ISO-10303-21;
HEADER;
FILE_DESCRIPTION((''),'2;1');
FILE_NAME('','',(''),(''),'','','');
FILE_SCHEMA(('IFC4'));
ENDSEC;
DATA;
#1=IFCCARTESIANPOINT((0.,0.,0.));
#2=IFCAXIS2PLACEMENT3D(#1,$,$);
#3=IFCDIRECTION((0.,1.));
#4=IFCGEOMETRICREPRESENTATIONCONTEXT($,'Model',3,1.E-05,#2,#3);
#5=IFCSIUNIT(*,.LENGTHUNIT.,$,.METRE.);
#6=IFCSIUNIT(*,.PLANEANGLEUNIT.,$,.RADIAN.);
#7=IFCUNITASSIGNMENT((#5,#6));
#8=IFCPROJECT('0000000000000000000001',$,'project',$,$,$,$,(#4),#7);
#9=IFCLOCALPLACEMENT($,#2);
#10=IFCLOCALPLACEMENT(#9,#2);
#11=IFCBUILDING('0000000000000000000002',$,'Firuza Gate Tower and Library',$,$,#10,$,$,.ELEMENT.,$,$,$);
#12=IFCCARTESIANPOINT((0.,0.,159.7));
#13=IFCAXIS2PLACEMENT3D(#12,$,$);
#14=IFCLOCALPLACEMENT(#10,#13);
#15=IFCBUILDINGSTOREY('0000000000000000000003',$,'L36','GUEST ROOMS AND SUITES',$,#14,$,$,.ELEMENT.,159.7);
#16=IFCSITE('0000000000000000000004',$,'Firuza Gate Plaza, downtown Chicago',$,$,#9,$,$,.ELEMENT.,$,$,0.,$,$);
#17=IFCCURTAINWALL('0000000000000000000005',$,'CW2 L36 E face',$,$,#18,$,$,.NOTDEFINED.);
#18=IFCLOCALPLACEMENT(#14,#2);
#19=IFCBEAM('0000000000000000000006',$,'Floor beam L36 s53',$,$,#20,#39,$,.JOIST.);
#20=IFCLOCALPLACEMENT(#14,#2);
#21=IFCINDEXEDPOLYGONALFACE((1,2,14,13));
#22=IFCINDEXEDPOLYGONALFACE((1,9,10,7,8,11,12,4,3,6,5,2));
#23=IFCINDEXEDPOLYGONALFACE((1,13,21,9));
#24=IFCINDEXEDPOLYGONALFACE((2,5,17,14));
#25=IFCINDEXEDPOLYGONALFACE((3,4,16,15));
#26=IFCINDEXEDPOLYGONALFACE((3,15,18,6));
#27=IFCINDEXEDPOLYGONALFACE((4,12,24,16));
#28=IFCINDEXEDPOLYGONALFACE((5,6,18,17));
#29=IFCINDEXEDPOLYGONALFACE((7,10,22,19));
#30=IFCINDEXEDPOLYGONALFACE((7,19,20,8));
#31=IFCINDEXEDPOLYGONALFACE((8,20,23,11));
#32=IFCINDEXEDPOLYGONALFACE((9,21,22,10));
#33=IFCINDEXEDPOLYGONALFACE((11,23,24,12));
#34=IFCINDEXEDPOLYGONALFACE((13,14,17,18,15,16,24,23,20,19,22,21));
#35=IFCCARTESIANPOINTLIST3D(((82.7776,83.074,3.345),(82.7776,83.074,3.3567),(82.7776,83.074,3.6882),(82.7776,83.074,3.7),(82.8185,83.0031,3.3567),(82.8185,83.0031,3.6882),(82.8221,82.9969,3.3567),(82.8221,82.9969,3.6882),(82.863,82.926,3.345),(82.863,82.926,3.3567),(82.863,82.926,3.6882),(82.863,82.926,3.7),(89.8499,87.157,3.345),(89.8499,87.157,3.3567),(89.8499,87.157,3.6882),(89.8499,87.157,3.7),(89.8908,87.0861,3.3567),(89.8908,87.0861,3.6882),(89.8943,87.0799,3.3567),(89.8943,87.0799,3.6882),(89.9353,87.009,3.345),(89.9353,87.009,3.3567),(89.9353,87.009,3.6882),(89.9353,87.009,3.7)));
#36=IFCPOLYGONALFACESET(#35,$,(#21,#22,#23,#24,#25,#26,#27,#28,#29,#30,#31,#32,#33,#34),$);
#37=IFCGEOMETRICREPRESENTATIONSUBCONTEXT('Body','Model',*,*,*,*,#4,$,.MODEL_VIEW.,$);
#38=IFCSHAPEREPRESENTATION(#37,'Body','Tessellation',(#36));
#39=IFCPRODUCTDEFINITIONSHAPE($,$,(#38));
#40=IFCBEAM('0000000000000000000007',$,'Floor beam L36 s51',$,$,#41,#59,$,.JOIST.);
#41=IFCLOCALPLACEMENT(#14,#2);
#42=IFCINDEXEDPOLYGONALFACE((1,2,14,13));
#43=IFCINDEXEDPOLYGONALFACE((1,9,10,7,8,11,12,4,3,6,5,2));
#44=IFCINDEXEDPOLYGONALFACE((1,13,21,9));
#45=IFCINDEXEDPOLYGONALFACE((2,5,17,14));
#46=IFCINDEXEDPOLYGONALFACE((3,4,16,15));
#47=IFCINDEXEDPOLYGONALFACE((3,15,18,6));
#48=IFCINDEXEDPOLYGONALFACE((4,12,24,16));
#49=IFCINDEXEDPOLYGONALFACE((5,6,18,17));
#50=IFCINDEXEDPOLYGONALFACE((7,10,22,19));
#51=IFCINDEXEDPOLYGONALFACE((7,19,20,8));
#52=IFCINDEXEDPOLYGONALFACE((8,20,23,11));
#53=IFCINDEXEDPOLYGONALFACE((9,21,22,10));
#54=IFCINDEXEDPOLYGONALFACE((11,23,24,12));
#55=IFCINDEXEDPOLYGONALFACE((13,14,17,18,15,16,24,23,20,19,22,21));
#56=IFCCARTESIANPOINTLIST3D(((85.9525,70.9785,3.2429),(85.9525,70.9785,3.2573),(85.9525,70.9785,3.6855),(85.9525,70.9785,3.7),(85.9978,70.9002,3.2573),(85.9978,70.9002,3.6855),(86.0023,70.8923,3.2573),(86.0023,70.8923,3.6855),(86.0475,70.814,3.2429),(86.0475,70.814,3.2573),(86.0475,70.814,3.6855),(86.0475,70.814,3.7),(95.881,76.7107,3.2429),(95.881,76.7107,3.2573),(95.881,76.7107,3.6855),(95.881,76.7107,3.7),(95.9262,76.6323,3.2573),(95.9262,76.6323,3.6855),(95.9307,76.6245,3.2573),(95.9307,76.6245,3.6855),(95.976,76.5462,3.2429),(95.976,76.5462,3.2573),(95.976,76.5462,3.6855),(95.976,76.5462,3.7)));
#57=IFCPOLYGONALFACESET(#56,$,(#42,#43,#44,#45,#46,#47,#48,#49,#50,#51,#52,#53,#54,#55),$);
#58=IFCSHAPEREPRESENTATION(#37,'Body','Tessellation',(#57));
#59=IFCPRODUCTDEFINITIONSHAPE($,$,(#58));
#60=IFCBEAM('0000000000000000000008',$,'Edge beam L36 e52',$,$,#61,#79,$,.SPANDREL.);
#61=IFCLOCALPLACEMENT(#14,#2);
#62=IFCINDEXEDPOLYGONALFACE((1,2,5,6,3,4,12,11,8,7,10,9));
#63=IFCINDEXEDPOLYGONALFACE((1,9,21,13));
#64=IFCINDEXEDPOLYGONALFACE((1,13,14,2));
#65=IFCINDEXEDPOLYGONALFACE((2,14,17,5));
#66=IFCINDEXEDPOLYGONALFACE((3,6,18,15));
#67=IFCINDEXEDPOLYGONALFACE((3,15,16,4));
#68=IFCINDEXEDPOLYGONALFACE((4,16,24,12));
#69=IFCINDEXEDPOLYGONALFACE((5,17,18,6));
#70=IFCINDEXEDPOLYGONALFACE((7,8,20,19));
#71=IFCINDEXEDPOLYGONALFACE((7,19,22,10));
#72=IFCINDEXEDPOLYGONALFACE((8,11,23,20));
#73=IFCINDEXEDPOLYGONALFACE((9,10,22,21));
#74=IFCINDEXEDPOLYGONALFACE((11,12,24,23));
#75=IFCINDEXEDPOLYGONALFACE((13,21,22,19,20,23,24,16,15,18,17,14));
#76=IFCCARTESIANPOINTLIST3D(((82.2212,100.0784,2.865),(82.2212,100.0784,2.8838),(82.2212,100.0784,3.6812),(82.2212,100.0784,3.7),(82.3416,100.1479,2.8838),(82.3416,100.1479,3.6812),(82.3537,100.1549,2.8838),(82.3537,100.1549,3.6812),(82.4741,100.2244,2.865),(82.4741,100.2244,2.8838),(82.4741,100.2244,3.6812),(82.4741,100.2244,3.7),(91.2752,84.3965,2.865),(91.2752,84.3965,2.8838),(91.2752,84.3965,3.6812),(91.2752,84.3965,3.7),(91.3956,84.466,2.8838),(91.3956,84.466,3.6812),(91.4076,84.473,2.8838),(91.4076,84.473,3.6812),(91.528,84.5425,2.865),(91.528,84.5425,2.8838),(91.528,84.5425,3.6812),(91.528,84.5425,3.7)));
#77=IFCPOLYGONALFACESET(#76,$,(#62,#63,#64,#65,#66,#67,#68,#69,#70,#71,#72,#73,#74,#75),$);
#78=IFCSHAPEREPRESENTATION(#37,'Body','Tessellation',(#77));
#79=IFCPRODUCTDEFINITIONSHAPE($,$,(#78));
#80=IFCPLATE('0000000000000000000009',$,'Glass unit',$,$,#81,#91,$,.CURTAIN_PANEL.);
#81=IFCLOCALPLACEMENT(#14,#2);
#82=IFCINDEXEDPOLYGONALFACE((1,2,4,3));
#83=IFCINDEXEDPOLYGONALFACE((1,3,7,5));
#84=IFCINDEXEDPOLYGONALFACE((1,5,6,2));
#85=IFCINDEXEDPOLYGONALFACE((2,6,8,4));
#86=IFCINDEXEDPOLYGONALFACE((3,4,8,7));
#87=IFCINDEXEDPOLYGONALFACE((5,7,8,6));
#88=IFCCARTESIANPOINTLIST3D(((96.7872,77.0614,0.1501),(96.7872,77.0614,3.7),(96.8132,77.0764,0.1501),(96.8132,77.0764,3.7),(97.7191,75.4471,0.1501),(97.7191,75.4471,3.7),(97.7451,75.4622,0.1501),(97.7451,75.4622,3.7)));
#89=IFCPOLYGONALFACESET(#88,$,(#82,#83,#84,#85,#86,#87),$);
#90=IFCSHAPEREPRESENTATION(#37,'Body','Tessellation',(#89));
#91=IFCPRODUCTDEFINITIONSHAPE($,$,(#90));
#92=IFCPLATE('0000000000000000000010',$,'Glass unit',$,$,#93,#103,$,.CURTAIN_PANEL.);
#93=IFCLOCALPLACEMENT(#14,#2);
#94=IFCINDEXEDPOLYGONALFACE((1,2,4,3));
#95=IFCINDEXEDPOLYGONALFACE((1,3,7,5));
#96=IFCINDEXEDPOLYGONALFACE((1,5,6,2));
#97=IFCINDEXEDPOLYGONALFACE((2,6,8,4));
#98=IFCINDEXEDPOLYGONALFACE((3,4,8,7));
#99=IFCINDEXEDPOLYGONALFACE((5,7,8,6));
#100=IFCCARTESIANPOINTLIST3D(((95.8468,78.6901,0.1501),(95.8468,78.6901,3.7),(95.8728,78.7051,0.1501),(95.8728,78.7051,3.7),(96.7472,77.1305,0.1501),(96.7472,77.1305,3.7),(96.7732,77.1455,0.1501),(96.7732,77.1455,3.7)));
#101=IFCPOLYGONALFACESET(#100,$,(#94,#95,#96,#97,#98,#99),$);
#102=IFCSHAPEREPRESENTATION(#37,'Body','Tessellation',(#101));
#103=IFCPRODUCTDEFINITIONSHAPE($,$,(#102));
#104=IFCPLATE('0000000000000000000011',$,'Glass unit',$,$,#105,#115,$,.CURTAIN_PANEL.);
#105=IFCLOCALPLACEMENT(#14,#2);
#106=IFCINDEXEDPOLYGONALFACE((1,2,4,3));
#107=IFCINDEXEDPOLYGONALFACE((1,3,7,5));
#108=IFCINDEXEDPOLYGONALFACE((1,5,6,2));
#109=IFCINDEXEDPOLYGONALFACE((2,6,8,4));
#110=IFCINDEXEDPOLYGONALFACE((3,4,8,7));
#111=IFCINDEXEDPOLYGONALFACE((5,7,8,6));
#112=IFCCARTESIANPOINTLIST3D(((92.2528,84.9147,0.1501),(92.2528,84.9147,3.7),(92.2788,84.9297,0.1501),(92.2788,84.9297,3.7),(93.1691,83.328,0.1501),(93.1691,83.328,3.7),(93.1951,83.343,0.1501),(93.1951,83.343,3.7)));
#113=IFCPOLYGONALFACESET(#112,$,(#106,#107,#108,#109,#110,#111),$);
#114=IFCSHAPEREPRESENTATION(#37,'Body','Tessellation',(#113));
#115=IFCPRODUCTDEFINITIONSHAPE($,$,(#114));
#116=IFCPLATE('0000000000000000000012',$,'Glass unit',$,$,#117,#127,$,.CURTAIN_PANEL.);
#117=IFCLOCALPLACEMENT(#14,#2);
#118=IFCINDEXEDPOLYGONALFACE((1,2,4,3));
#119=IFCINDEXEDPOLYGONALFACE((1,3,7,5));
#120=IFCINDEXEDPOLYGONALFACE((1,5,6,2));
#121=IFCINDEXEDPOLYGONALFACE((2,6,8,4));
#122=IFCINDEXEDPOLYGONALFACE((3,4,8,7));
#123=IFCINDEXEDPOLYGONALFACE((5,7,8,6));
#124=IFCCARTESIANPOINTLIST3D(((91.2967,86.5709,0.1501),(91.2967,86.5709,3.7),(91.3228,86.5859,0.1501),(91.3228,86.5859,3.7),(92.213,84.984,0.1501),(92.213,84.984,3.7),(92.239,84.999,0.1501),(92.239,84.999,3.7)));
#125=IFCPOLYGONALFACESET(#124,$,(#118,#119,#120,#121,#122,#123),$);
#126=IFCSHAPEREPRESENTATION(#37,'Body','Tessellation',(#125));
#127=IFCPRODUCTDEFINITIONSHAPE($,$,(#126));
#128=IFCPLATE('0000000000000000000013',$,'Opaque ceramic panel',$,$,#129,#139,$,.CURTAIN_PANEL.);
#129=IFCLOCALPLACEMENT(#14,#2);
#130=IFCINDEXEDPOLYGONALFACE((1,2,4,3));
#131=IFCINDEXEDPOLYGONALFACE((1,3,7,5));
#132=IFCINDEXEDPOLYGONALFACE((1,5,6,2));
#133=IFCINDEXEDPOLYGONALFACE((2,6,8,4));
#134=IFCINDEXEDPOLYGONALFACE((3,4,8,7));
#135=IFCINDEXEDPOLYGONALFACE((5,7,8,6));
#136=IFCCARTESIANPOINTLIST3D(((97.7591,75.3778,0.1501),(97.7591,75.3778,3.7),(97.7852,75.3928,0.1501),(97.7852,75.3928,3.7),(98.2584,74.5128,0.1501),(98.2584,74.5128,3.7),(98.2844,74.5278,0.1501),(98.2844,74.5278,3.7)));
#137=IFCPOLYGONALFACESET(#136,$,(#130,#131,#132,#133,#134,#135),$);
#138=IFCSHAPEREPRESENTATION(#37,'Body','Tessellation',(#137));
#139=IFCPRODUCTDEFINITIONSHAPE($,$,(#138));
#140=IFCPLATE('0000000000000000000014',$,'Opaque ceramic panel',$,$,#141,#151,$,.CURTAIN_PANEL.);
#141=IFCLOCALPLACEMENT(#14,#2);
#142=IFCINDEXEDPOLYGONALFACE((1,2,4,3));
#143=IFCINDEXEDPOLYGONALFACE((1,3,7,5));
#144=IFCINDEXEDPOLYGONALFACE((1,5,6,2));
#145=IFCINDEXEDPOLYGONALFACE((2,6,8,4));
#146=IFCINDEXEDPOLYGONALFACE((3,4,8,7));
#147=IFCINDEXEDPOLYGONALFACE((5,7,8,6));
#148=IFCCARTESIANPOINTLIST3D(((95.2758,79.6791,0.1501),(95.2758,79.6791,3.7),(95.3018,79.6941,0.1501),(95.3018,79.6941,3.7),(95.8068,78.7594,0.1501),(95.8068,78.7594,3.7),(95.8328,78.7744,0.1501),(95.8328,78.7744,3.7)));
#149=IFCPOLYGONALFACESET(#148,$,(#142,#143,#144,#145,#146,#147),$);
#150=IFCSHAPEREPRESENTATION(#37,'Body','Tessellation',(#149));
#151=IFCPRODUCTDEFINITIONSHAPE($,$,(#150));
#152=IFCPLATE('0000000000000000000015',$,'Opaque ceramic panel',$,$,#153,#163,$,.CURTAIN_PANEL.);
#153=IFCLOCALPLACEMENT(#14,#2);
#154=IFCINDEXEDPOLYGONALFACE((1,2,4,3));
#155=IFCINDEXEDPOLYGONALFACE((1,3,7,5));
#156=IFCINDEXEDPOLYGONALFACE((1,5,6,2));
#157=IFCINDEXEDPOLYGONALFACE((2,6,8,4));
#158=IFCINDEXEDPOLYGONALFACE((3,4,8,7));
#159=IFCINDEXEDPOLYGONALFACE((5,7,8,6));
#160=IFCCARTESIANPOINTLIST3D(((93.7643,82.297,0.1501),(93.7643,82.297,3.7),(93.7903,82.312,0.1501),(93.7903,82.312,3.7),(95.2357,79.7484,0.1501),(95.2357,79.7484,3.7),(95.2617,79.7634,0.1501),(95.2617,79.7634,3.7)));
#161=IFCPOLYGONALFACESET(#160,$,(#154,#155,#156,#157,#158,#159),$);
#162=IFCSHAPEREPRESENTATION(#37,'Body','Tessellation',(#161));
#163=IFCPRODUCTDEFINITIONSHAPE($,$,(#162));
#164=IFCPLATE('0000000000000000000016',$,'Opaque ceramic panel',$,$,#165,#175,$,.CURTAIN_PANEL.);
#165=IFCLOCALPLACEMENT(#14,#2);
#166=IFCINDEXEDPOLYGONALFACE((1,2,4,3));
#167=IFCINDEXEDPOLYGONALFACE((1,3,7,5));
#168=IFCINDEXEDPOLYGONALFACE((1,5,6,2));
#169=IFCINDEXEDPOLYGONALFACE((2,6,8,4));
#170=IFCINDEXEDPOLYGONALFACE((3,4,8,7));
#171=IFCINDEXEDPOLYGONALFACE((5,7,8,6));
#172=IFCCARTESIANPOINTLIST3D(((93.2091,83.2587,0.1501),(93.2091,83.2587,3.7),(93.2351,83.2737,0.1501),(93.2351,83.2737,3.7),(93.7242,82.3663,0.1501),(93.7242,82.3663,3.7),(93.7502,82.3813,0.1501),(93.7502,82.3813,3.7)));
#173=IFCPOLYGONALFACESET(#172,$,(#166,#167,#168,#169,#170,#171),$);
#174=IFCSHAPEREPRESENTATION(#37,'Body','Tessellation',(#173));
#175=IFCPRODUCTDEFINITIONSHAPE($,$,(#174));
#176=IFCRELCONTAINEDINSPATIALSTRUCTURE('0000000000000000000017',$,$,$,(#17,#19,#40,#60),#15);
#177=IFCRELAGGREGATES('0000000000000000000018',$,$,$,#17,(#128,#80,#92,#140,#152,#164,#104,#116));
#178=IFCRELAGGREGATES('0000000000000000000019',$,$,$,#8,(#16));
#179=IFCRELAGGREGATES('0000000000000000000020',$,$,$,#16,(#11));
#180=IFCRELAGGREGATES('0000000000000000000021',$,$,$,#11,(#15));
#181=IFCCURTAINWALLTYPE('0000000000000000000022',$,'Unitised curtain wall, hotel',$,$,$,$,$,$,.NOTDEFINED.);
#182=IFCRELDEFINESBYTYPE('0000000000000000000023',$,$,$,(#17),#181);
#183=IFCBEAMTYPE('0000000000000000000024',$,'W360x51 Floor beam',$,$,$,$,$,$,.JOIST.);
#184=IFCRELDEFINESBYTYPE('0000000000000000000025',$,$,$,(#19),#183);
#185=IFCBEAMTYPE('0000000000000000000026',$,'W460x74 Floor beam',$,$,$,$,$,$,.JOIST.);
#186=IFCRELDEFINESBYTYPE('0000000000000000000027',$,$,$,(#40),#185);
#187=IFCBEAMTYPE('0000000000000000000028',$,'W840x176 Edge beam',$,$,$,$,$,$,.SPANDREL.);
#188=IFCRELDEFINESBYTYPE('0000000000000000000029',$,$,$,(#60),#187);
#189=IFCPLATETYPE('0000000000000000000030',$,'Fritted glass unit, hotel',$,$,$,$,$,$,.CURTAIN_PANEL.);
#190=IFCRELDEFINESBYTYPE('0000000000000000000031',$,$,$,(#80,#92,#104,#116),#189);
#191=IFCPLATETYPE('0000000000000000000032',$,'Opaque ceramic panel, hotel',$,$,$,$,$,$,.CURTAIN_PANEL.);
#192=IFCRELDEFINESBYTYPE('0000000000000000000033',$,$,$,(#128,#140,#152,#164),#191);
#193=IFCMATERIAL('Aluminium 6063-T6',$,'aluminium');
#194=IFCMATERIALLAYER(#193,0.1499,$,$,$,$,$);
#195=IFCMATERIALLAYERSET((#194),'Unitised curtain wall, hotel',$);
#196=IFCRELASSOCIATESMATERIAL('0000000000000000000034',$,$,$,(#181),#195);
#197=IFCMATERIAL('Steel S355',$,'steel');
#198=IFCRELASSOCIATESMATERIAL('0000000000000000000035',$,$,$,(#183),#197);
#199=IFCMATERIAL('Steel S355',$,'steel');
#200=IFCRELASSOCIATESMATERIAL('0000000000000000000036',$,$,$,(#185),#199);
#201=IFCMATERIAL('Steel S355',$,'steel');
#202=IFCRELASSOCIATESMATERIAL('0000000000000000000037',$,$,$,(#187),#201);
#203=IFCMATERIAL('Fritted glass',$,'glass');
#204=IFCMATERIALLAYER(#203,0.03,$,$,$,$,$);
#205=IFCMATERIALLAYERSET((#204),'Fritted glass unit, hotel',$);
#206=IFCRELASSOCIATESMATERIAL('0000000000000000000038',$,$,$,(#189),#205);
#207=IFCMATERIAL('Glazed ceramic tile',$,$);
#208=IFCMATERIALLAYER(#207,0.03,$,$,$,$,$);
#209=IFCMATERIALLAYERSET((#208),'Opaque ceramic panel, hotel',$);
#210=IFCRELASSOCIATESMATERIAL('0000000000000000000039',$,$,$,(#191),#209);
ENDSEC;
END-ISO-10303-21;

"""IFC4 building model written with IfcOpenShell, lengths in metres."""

from ifc_helpers import new_model, si_unit, direction, frame, origin, origin_2d, place, context, subcontext, project, spatial, polyline, i_section, outline, extrude, material, layer, layer_set, material_profile, profile_set, type_object, element, aggregate, save


model = new_model("IFC4")

# Units and contexts
model_context = context("Model", 3, precision=1e-05, world=origin(), true_north=direction((0.0, 1.0)))
body_context = subcontext(model_context, "Body", "Model", "MODEL_VIEW")
ifc_project = project(units=[si_unit("LENGTHUNIT", "METRE"), si_unit("PLANEANGLEUNIT", "RADIAN")], contexts=[model_context])

# Site, building, storey
site_placement = place(None, origin())
site = spatial("IfcSite", under=ifc_project, at=site_placement, Name="Firuza Gate Plaza, downtown Chicago", CompositionType="ELEMENT", RefElevation=0.0)
building_placement = place(site_placement, origin())
building = spatial("IfcBuilding", under=site, at=building_placement, Name="Firuza Gate Tower and Library", CompositionType="ELEMENT")
storey_placement = place(building_placement, frame((0.0, 0.0, 159.7)))
storey = spatial("IfcBuildingStorey", under=building, at=storey_placement, Name="L36", Description="GUEST ROOMS AND SUITES", CompositionType="ELEMENT", Elevation=159.7)

# Curtain wall
ifc_material_1 = material(Name="Aluminium 6063-T6", Category="aluminium")
ifc_layer_1 = layer(ifc_material_1, 0.1499)
ifc_layer_set_1 = layer_set([ifc_layer_1], Name="Unitised curtain wall, hotel")
curtain_wall_type = type_object("IfcCurtainWallType", Name="Unitised curtain wall, hotel", PredefinedType="NOTDEFINED", material=ifc_layer_set_1)
curtain_wall_placement = place(storey_placement, origin())
curtain_wall = element("IfcCurtainWall", 1, at=curtain_wall_placement, inside=storey, type_object=curtain_wall_type, Name="CW2 L36 E face", PredefinedType="NOTDEFINED")

# Beams
ifc_material_2 = material(Name="Steel S355", Category="steel")
ifc_material_profile_1 = material_profile(ifc_material_2, i_section(OverallWidth=0.1709, OverallDepth=0.355, WebThickness=0.0071, FlangeThickness=0.0117, at=origin_2d()))
ifc_profile_set_1 = profile_set([ifc_material_profile_1], Name="Steel S355")
beam_type_1 = type_object("IfcBeamType", Name="W360x51 Floor beam", PredefinedType="JOIST", material=ifc_profile_set_1)
beam_1_placement = place(storey_placement, frame((89.8926, 87.083, 3.5225), z_axis=(-0.866034, -0.499985, 0.0), x_axis=(0.499985, -0.866034, 0.0)))
element("IfcBeam", 2, at=beam_1_placement, inside=storey, type_object=beam_type_1, Name="Floor beam L36 s53", PredefinedType="JOIST", context=body_context, shape_type="SweptSolid", body=[
    extrude(i_section(OverallWidth=0.1709, OverallDepth=0.355, WebThickness=0.0071, FlangeThickness=0.0117, at=origin_2d()), origin(), (0.0, 0.0, 1.0), 8.1663),
])
ifc_material_3 = material(Name="Steel S355", Category="steel")
ifc_material_profile_2 = material_profile(ifc_material_3, i_section(OverallWidth=0.1899, OverallDepth=0.457, WebThickness=0.009, FlangeThickness=0.0144, at=origin_2d()))
ifc_profile_set_2 = profile_set([ifc_material_profile_2], Name="Steel S355")
beam_type_2 = type_object("IfcBeamType", Name="W460x74 Floor beam", PredefinedType="JOIST", material=ifc_profile_set_2)
beam_2_placement = place(storey_placement, frame((95.9285, 76.6284, 3.4714), z_axis=(-0.866026, -0.499998, 0.0), x_axis=(0.499998, -0.866026, 0.0)))
element("IfcBeam", 3, at=beam_2_placement, inside=storey, type_object=beam_type_2, Name="Floor beam L36 s51", PredefinedType="JOIST", context=body_context, shape_type="SweptSolid", body=[
    extrude(i_section(OverallWidth=0.1899, OverallDepth=0.457, WebThickness=0.009, FlangeThickness=0.0144, at=origin_2d()), origin(), (0.0, 0.0, 1.0), 11.4644),
])
ifc_material_4 = material(Name="Steel S355", Category="steel")
ifc_material_profile_3 = material_profile(ifc_material_4, i_section(OverallWidth=0.292, OverallDepth=0.835, WebThickness=0.0139, FlangeThickness=0.0188, at=origin_2d()))
ifc_profile_set_3 = profile_set([ifc_material_profile_3], Name="Steel S355")
beam_type_3 = type_object("IfcBeamType", Name="W840x176 Edge beam", PredefinedType="SPANDREL", material=ifc_profile_set_3)
beam_3_placement = place(storey_placement, frame((91.4016, 84.4695, 3.2825), z_axis=(-0.500001, 0.866025, 0.0), x_axis=(-0.866025, -0.500001, 0.0)))
element("IfcBeam", 4, at=beam_3_placement, inside=storey, type_object=beam_type_3, Name="Edge beam L36 e52", PredefinedType="SPANDREL", context=body_context, shape_type="SweptSolid", body=[
    extrude(i_section(OverallWidth=0.292, OverallDepth=0.835, WebThickness=0.0139, FlangeThickness=0.0188, at=origin_2d()), origin(), (0.0, 0.0, 1.0), 18.1079),
])

# Plates
ifc_material_5 = material(Name="Fritted glass", Category="glass")
ifc_layer_2 = layer(ifc_material_5, 0.03)
ifc_layer_set_2 = layer_set([ifc_layer_2], Name="Fritted glass unit, hotel")
plate_type_1 = type_object("IfcPlateType", Name="Fritted glass unit, hotel", PredefinedType="CURTAIN_PANEL", material=ifc_layer_set_2)
plate_1_placement = place(storey_placement, frame((97.7451, 75.4622, 0.1501), z_axis=(0.86605, 0.499957, 0.0), x_axis=(-0.499957, 0.86605, 0.0)))
plate_1 = element("IfcPlate", 5, at=plate_1_placement, type_object=plate_type_1, Name="Glass unit", PredefinedType="CURTAIN_PANEL", context=body_context, shape_type="SweptSolid", body=[
    extrude(outline(polyline([(0.0, 0.0), (1.8639, 0.0), (1.8639, 3.5498), (0.0, 3.5498), (0.0, 0.0)])), origin(), (0.0, 0.0, -1.0), 0.03),
])
plate_2_placement = place(storey_placement, frame((96.7732, 77.1455, 0.1501), z_axis=(0.866032, 0.499988, 0.0), x_axis=(-0.499988, 0.866032, 0.0)))
plate_2 = element("IfcPlate", 6, at=plate_2_placement, type_object=plate_type_1, Name="Glass unit", PredefinedType="CURTAIN_PANEL", context=body_context, shape_type="SweptSolid", body=[
    extrude(outline(polyline([(0.0, 0.0), (1.8008, 0.0), (1.8008, 3.5498), (0.0, 3.5498), (0.0, 0.0)])), origin(), (0.0, 0.0, -1.0), 0.03),
])
plate_3_placement = place(storey_placement, frame((93.1951, 83.343, 0.1501), z_axis=(0.865979, 0.50008, 0.0), x_axis=(-0.50008, 0.865979, 0.0)))
plate_3 = element("IfcPlate", 7, at=plate_3_placement, type_object=plate_type_1, Name="Glass unit", PredefinedType="CURTAIN_PANEL", context=body_context, shape_type="SweptSolid", body=[
    extrude(outline(polyline([(0.0, 0.0), (1.8322, 0.0), (1.8322, 3.5498), (0.0, 3.5498), (0.0, 0.0)])), origin(), (0.0, 0.0, -1.0), 0.03),
])
plate_4_placement = place(storey_placement, frame((92.239, 84.999, 0.1501), z_axis=(0.866013, 0.500022, 0.0), x_axis=(-0.500022, 0.866013, 0.0)))
plate_4 = element("IfcPlate", 8, at=plate_4_placement, type_object=plate_type_1, Name="Glass unit", PredefinedType="CURTAIN_PANEL", context=body_context, shape_type="SweptSolid", body=[
    extrude(outline(polyline([(0.0, 0.0), (1.8324, 0.0), (1.8324, 3.5498), (0.0, 3.5498), (0.0, 0.0)])), origin(), (0.0, 0.0, -1.0), 0.03),
])
ifc_material_6 = material(Name="Glazed ceramic tile")
ifc_layer_3 = layer(ifc_material_6, 0.03)
ifc_layer_set_3 = layer_set([ifc_layer_3], Name="Opaque ceramic panel, hotel")
plate_type_2 = type_object("IfcPlateType", Name="Opaque ceramic panel, hotel", PredefinedType="CURTAIN_PANEL", material=ifc_layer_set_3)
plate_5_placement = place(storey_placement, frame((98.2844, 74.5278, 0.1501), z_axis=(0.866084, 0.499899, 0.0), x_axis=(-0.499899, 0.866084, 0.0)))
plate_5 = element("IfcPlate", 9, at=plate_5_placement, type_object=plate_type_2, Name="Opaque ceramic panel", PredefinedType="CURTAIN_PANEL", context=body_context, shape_type="SweptSolid", body=[
    extrude(outline(polyline([(0.0, 0.0), (0.9987, 0.0), (0.9987, 3.5498), (0.0, 3.5498), (0.0, 0.0)])), origin(), (0.0, 0.0, -1.0), 0.03),
])
plate_6_placement = place(storey_placement, frame((95.8328, 78.7744, 0.1501), z_axis=(0.866013, 0.500021, 0.0), x_axis=(-0.500021, 0.866013, 0.0)))
plate_6 = element("IfcPlate", 10, at=plate_6_placement, type_object=plate_type_2, Name="Opaque ceramic panel", PredefinedType="CURTAIN_PANEL", context=body_context, shape_type="SweptSolid", body=[
    extrude(outline(polyline([(0.0, 0.0), (1.062, 0.0), (1.062, 3.5498), (0.0, 3.5498), (0.0, 0.0)])), origin(), (0.0, 0.0, -1.0), 0.03),
])
plate_7_placement = place(storey_placement, frame((95.2617, 79.7634, 0.1501), z_axis=(0.866024, 0.500003, 0.0), x_axis=(-0.500003, 0.866024, 0.0)))
plate_7 = element("IfcPlate", 11, at=plate_7_placement, type_object=plate_type_2, Name="Opaque ceramic panel", PredefinedType="CURTAIN_PANEL", context=body_context, shape_type="SweptSolid", body=[
    extrude(outline(polyline([(0.0, 0.0), (2.9429, 0.0), (2.9429, 3.5498), (0.0, 3.5498), (0.0, 0.0)])), origin(), (0.0, 0.0, -1.0), 0.03),
])
plate_8_placement = place(storey_placement, frame((93.7502, 82.3813, 0.1501), z_axis=(0.866047, 0.499962, 0.0), x_axis=(-0.499962, 0.866047, 0.0)))
plate_8 = element("IfcPlate", 12, at=plate_8_placement, type_object=plate_type_2, Name="Opaque ceramic panel", PredefinedType="CURTAIN_PANEL", context=body_context, shape_type="SweptSolid", body=[
    extrude(outline(polyline([(0.0, 0.0), (1.0304, 0.0), (1.0304, 3.5498), (0.0, 3.5498), (0.0, 0.0)])), origin(), (0.0, 0.0, -1.0), 0.03),
])
aggregate(curtain_wall, [plate_5, plate_1, plate_2, plate_6, plate_7, plate_8, plate_3, plate_4])

save(model, "model.ifc")
